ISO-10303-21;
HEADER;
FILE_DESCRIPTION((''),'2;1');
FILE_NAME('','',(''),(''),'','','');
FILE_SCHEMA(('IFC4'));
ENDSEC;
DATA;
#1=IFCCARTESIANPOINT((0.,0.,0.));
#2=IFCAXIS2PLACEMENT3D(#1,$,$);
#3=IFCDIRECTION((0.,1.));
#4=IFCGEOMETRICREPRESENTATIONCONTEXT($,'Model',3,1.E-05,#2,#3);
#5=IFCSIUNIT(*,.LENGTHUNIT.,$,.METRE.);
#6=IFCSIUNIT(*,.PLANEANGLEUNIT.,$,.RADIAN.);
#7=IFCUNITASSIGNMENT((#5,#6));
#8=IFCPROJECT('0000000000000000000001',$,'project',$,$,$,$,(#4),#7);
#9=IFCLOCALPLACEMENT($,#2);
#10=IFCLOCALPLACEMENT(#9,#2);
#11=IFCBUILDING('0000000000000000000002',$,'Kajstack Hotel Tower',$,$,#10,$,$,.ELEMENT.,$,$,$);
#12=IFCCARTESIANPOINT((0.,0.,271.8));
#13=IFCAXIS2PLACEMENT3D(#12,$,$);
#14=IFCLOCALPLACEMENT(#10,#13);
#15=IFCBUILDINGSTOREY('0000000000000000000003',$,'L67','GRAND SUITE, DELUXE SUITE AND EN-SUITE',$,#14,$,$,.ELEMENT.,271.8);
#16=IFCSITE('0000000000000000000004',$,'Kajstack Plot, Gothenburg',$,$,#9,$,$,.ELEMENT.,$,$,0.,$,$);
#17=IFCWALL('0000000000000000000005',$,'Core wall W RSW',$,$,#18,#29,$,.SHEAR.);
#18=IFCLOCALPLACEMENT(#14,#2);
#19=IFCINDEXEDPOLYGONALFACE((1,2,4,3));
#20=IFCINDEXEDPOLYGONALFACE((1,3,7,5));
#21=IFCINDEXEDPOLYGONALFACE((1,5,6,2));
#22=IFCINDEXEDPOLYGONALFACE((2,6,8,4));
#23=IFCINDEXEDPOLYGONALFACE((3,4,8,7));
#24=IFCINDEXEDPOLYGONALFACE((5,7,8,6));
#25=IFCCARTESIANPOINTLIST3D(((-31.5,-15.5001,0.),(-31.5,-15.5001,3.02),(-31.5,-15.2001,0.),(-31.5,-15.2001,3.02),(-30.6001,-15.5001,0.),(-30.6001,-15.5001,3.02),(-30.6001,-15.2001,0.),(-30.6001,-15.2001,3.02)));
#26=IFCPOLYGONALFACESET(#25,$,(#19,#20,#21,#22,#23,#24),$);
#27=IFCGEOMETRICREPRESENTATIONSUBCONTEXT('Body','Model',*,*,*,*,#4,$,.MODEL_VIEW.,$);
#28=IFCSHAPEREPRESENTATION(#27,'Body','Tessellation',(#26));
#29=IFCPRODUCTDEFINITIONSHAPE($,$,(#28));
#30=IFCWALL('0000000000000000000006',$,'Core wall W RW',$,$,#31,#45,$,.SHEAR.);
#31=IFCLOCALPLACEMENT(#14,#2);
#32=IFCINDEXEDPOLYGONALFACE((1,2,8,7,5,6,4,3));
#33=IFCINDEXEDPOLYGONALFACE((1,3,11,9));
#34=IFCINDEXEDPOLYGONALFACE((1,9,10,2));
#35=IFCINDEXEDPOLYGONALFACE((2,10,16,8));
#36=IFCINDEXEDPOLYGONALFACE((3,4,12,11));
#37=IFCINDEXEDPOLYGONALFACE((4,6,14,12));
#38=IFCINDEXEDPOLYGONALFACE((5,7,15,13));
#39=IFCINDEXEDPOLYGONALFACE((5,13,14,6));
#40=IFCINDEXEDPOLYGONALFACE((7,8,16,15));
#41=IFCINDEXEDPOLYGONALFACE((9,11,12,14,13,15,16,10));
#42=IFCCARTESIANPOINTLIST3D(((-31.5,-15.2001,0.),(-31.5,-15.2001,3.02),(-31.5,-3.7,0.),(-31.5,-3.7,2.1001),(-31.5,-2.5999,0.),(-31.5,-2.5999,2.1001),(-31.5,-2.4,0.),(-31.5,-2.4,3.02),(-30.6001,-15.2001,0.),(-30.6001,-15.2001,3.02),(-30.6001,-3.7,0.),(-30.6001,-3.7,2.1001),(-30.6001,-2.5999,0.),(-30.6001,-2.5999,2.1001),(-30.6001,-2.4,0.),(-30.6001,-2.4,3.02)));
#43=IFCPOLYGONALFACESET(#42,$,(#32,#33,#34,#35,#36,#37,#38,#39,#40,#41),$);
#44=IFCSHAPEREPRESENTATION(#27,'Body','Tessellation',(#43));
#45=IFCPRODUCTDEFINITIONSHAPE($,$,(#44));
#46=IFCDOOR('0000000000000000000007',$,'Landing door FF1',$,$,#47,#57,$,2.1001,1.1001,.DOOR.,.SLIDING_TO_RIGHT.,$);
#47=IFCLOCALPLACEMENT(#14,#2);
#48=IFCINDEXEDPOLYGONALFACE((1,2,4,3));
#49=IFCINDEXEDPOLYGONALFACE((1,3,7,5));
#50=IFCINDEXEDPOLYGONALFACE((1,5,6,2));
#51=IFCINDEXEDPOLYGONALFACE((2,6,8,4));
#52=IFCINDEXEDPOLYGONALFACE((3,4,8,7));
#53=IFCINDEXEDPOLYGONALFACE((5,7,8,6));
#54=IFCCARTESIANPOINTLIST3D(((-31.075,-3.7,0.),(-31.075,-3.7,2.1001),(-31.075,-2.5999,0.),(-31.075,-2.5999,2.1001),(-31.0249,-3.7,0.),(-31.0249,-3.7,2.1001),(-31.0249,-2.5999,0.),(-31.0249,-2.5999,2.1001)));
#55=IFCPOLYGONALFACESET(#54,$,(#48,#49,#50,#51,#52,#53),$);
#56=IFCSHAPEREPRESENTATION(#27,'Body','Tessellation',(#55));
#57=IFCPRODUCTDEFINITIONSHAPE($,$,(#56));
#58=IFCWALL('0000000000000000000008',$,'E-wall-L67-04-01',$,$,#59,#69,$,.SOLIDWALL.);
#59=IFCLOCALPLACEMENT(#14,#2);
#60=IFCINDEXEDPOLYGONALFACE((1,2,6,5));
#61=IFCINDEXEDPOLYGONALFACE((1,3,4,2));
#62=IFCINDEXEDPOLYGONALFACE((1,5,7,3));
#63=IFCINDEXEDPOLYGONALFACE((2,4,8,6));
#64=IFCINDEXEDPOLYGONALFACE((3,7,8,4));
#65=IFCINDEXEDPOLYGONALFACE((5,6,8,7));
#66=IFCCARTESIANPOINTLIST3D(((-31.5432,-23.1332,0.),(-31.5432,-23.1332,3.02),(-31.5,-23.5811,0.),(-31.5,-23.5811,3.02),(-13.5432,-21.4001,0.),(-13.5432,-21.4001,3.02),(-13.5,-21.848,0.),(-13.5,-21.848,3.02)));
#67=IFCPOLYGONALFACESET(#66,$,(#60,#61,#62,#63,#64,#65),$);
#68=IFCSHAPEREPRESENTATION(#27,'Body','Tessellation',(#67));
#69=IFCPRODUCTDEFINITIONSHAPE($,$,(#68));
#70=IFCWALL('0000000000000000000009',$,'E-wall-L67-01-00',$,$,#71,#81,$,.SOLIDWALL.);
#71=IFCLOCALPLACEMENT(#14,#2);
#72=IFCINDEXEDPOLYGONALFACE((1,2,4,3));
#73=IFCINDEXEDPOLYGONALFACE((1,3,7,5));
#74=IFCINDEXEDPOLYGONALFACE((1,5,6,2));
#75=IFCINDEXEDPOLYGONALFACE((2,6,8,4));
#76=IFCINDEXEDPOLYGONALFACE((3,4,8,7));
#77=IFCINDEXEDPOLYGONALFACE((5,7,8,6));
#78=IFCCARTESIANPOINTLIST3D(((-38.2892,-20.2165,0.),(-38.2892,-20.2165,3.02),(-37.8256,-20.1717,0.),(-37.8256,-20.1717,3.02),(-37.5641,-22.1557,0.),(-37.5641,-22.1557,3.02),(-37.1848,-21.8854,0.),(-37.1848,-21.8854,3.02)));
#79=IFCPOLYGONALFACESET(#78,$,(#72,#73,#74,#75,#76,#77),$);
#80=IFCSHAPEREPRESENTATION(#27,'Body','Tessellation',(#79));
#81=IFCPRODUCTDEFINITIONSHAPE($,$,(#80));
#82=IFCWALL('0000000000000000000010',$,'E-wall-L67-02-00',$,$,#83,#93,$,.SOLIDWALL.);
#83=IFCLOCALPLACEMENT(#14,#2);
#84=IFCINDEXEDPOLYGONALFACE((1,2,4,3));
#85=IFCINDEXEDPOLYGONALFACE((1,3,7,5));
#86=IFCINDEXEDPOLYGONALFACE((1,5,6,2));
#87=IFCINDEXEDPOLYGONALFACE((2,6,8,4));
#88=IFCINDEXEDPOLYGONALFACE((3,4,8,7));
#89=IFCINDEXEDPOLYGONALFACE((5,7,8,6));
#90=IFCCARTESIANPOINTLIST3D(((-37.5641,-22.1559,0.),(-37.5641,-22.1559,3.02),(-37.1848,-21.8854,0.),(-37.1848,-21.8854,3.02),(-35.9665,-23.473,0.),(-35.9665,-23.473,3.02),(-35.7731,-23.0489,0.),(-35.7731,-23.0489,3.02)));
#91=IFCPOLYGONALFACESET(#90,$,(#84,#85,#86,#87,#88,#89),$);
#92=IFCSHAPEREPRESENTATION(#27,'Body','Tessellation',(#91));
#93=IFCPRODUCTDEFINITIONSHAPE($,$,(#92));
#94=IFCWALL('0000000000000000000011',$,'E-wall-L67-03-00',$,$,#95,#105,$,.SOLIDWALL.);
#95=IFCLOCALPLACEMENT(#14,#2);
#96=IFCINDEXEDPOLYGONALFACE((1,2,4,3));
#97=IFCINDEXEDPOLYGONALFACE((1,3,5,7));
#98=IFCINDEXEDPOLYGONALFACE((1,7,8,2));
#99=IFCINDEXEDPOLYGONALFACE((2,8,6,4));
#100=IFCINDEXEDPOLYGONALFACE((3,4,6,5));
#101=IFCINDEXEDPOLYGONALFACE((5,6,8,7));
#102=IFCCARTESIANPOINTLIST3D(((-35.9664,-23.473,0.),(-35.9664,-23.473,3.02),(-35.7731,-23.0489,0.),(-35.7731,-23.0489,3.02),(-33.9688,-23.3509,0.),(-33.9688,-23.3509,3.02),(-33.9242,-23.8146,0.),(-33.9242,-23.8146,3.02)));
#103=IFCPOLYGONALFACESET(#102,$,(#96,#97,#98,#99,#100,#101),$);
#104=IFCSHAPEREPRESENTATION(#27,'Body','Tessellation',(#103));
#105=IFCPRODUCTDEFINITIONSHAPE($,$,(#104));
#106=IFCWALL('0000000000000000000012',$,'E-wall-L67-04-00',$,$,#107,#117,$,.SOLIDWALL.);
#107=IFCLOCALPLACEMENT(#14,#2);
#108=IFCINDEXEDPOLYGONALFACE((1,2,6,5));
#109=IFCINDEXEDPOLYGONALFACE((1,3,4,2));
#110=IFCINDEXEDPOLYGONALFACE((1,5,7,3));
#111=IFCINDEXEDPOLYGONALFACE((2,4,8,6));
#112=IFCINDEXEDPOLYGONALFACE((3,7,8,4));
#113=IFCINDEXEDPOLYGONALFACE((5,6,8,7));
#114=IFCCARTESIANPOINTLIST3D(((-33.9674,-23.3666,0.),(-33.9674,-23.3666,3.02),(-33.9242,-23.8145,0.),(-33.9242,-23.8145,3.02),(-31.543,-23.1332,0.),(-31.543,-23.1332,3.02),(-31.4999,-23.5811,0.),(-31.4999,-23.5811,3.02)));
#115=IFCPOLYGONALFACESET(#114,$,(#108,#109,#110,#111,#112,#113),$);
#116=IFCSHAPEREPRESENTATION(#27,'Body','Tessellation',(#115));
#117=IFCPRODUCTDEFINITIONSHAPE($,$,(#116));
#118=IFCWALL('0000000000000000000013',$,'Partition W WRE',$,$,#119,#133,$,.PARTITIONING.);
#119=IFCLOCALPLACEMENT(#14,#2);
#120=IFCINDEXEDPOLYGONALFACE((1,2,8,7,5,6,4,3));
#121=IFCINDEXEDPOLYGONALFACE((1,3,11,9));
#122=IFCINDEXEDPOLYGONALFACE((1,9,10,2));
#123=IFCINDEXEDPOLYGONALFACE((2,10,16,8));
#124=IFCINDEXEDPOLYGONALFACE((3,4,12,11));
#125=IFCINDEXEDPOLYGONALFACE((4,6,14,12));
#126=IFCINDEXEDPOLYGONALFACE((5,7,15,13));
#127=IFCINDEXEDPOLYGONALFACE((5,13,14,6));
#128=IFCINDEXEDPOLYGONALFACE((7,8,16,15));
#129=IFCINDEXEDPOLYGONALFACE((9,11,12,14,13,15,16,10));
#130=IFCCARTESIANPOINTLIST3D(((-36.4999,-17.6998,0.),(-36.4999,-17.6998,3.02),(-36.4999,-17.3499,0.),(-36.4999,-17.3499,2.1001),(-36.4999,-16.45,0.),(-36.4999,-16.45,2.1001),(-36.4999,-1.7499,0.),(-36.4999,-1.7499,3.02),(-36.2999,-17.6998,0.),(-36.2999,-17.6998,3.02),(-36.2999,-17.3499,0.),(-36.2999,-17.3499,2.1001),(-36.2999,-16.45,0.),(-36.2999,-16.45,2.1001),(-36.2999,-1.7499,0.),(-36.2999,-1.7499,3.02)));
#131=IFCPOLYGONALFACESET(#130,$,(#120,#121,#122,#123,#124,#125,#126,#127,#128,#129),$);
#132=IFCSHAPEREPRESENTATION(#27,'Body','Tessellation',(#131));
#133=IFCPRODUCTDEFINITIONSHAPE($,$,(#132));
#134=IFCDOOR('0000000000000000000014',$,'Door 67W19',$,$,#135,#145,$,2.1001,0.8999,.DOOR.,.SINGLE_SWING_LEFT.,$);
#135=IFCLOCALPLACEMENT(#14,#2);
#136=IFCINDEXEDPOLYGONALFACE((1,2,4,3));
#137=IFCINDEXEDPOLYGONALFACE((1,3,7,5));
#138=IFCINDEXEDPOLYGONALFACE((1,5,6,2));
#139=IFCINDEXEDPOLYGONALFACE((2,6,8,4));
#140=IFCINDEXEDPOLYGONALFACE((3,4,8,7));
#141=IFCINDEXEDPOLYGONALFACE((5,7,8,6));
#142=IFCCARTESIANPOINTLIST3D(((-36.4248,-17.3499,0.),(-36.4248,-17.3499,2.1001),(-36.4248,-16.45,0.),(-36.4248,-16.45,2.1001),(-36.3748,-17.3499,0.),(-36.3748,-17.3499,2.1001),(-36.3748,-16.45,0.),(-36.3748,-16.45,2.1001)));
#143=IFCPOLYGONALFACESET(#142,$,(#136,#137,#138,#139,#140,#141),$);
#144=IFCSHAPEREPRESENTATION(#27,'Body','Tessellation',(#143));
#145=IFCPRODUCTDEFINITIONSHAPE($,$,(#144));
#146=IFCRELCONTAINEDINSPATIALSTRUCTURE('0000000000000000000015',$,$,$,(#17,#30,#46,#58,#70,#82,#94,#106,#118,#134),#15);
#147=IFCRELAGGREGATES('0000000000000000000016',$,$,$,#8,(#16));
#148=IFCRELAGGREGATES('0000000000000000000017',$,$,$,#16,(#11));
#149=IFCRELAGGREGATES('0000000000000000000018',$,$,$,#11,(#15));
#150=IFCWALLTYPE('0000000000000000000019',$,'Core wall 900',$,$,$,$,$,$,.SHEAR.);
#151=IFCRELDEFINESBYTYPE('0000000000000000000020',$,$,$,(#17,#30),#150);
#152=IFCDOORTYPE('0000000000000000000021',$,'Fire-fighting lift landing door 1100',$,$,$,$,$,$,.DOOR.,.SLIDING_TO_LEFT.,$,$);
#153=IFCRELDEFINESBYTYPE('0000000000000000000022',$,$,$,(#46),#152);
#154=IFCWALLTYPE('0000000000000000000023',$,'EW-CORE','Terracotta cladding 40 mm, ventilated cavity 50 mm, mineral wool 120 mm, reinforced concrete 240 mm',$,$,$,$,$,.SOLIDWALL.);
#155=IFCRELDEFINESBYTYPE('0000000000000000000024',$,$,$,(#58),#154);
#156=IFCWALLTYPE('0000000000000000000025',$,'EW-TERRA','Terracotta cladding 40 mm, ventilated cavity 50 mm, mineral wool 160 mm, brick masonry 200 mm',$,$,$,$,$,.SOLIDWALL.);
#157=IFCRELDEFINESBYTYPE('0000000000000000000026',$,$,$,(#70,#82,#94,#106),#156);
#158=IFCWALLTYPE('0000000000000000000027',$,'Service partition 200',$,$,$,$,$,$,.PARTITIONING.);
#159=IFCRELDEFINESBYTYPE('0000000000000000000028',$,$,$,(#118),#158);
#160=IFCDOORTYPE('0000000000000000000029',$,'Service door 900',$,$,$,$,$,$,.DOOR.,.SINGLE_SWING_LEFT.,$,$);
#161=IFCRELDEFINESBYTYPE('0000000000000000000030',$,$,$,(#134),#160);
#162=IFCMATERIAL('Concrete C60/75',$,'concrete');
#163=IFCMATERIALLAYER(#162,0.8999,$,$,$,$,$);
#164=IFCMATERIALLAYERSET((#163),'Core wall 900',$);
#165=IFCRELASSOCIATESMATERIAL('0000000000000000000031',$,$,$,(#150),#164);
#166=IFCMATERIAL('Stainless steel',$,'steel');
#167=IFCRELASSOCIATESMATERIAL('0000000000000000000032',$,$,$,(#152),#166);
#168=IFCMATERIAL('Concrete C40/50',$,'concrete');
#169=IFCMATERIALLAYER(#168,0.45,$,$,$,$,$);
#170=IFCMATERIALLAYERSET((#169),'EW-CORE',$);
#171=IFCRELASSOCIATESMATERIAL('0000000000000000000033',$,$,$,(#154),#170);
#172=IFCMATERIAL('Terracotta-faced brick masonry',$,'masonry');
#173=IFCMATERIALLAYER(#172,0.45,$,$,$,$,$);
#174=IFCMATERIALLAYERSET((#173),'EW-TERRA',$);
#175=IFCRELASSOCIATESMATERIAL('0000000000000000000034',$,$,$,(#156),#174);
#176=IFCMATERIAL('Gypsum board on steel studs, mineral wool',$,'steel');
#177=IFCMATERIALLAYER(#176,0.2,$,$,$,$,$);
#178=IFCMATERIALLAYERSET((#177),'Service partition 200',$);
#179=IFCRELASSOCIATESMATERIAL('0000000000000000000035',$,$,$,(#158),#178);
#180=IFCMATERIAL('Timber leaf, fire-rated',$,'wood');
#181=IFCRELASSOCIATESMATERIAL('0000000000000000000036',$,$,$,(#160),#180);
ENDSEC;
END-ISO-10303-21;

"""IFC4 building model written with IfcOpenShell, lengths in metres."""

from ifc_helpers import new_model, si_unit, direction, frame, frame_2d, origin, place, context, subcontext, project, spatial, polyline, rectangle, outline, extrude, material, layer, layer_set, type_object, element, fill, save


model = new_model("IFC4")

# Units and contexts
model_context = context("Model", 3, precision=1e-05, world=origin(), true_north=direction((0.0, 1.0)))
body_context = subcontext(model_context, "Body", "Model", "MODEL_VIEW")
ifc_project = project(units=[si_unit("LENGTHUNIT", "METRE"), si_unit("PLANEANGLEUNIT", "RADIAN")], contexts=[model_context])

# Site, building, storey
site_placement = place(None, origin())
site = spatial("IfcSite", under=ifc_project, at=site_placement, Name="Kajstack Plot, Gothenburg", CompositionType="ELEMENT", RefElevation=0.0)
building_placement = place(site_placement, origin())
building = spatial("IfcBuilding", under=site, at=building_placement, Name="Kajstack Hotel Tower", CompositionType="ELEMENT")
storey_placement = place(building_placement, frame((0.0, 0.0, 271.8)))
storey = spatial("IfcBuildingStorey", under=building, at=storey_placement, Name="L67", Description="GRAND SUITE, DELUXE SUITE AND EN-SUITE", CompositionType="ELEMENT", Elevation=271.8)

# Wall
ifc_material_1 = material(Name="Concrete C60/75", Category="concrete")
ifc_layer_1 = layer(ifc_material_1, 0.8999)
ifc_layer_set_1 = layer_set([ifc_layer_1], Name="Core wall 900")
wall_type_1 = type_object("IfcWallType", Name="Core wall 900", PredefinedType="SHEAR", material=ifc_layer_set_1)
wall_1_placement = place(storey_placement, frame((-31.5, -15.3501, 0.0), z_axis=(0.0, 0.0, 1.0), x_axis=(1.0, 0.0, 0.0)))
element("IfcWall", 1, at=wall_1_placement, inside=storey, type_object=wall_type_1, Name="Core wall W RSW", PredefinedType="SHEAR", context=body_context, shape_type="SweptSolid", body=[
    extrude(rectangle(XDim=0.8999, YDim=0.3, at=frame_2d((0.45, 0.0))), origin(), (0.0, 0.0, 1.0), 3.02),
])

# Wall, opening, door
wall_2_placement = place(storey_placement, frame((-31.05, -15.2, 0.0), z_axis=(0.0, 0.0, 1.0), x_axis=(0.0, 1.0, 0.0)))
wall_2 = element("IfcWall", 2, at=wall_2_placement, inside=storey, type_object=wall_type_1, Name="Core wall W RW", PredefinedType="SHEAR", context=body_context, shape_type="SweptSolid", body=[
    extrude(rectangle(XDim=12.8, YDim=0.8999, at=frame_2d((6.3999, 0.0))), origin(), (0.0, 0.0, 1.0), 3.02),
])
opening_1_placement = place(wall_2_placement, frame((11.5, 0.0, 0.0)))
opening_1 = element("IfcOpeningElement", 3, at=opening_1_placement, cuts=wall_2, PredefinedType="OPENING", context=body_context, shape_type="SweptSolid", body=[
    extrude(rectangle(XDim=1.1001, YDim=2.1001, at=frame_2d((0.55, 1.05))), frame((0.0, 0.46, 0.0), z_axis=(0.0, -1.0, 0.0), x_axis=(1.0, 0.0, 0.0)), (0.0, 0.0, 1.0), 0.9199),
])
ifc_material_2 = material(Name="Stainless steel", Category="steel")
door_type_1 = type_object("IfcDoorType", Name="Fire-fighting lift landing door 1100", OperationType="SLIDING_TO_LEFT", PredefinedType="DOOR", material=ifc_material_2)
door_1_placement = place(opening_1_placement, origin())
door_1 = element("IfcDoor", 4, at=door_1_placement, inside=storey, type_object=door_type_1, Name="Landing door FF1", OperationType="SLIDING_TO_RIGHT", OverallHeight=2.1001, OverallWidth=1.1001, PredefinedType="DOOR", context=body_context, shape_type="SweptSolid", body=[
    extrude(rectangle(XDim=1.1001, YDim=2.1001, at=frame_2d((0.55, 1.05))), frame((0.0, 0.0249, 0.0), z_axis=(0.0, -1.0, 0.0), x_axis=(1.0, 0.0, 0.0)), (0.0, 0.0, 1.0), 0.05),
])
fill(opening_1, door_1)

# Walls
ifc_material_3 = material(Name="Concrete C40/50", Category="concrete")
ifc_layer_2 = layer(ifc_material_3, 0.45)
ifc_layer_set_2 = layer_set([ifc_layer_2], Name="EW-CORE")
wall_type_2 = type_object("IfcWallType", Name="EW-CORE", Description="Terracotta cladding 40 mm, ventilated cavity 50 mm, mineral wool 120 mm, reinforced concrete 240 mm", PredefinedType="SOLIDWALL", material=ifc_layer_set_2)
wall_3_placement = place(storey_placement, frame((-31.5215, -23.3572, 0.0), z_axis=(0.0, 0.0, 1.0), x_axis=(0.995396, 0.095843, 0.0)))
element("IfcWall", 5, at=wall_3_placement, inside=storey, type_object=wall_type_2, Name="E-wall-L67-04-01", PredefinedType="SOLIDWALL", context=body_context, shape_type="SweptSolid", body=[
    extrude(rectangle(XDim=18.0833, YDim=0.45, at=frame_2d((9.0415, 0.0))), origin(), (0.0, 0.0, 1.0), 3.02),
])
ifc_material_4 = material(Name="Terracotta-faced brick masonry", Category="masonry")
ifc_layer_3 = layer(ifc_material_4, 0.45)
ifc_layer_set_3 = layer_set([ifc_layer_3], Name="EW-TERRA")
wall_type_3 = type_object("IfcWallType", Name="EW-TERRA", Description="Terracotta cladding 40 mm, ventilated cavity 50 mm, mineral wool 160 mm, brick masonry 200 mm", PredefinedType="SOLIDWALL", material=ifc_layer_set_3)
wall_4_placement = place(storey_placement, frame((-38.0784, -20.1377, 0.0), z_axis=(0.0, 0.0, 1.0), x_axis=(0.350232, -0.936663, 0.0)))
element("IfcWall", 6, at=wall_4_placement, inside=storey, type_object=wall_type_3, Name="E-wall-L67-01-00", PredefinedType="SOLIDWALL", context=body_context, shape_type="SweptSolid", body=[
    extrude(outline(polyline([(0.0, -0.2251), (2.0703, -0.2251), (1.95, 0.2249), (0.1204, 0.2249), (0.0, -0.2251)])), origin(), (0.0, 0.0, 1.0), 3.02),
])
wall_5_placement = place(storey_placement, frame((-37.4209, -21.9822, 0.0), z_axis=(0.0, 0.0, 1.0), x_axis=(0.771593, -0.636116, 0.0)))
element("IfcWall", 7, at=wall_5_placement, inside=storey, type_object=wall_type_3, Name="E-wall-L67-02-00", PredefinedType="SOLIDWALL", context=body_context, shape_type="SweptSolid", body=[
    extrude(outline(polyline([(0.0, -0.2251), (2.0706, -0.2251), (1.95, 0.2251), (0.1206, 0.2249), (0.0, -0.2251)])), origin(), (0.0, 0.0, 1.0), 3.02),
])
wall_6_placement = place(storey_placement, frame((-35.9292, -23.251, 0.0), z_axis=(0.0, 0.0, 1.0), x_axis=(0.986279, -0.165087, 0.0)))
element("IfcWall", 8, at=wall_6_placement, inside=storey, type_object=wall_type_3, Name="E-wall-L67-03-00", PredefinedType="SOLIDWALL", context=body_context, shape_type="SweptSolid", body=[
    extrude(outline(polyline([(0.0, -0.2251), (2.0706, -0.2249), (1.95, 0.2251), (0.1206, 0.2251), (0.0, -0.2251)])), origin(), (0.0, 0.0, 1.0), 3.02),
])
wall_7_placement = place(storey_placement, frame((-33.9458, -23.5906, 0.0), z_axis=(0.0, 0.0, 1.0), x_axis=(0.995398, 0.095831, 0.0)))
element("IfcWall", 9, at=wall_7_placement, inside=storey, type_object=wall_type_3, Name="E-wall-L67-04-00", PredefinedType="SOLIDWALL", context=body_context, shape_type="SweptSolid", body=[
    extrude(rectangle(XDim=2.4355, YDim=0.45, at=frame_2d((1.2178, 0.0))), origin(), (0.0, 0.0, 1.0), 3.02),
])

# Wall, opening, door
ifc_material_5 = material(Name="Gypsum board on steel studs, mineral wool", Category="steel")
ifc_layer_4 = layer(ifc_material_5, 0.2)
ifc_layer_set_4 = layer_set([ifc_layer_4], Name="Service partition 200")
wall_type_4 = type_object("IfcWallType", Name="Service partition 200", PredefinedType="PARTITIONING", material=ifc_layer_set_4)
wall_8_placement = place(storey_placement, frame((-36.3999, -17.7, 0.0), z_axis=(0.0, 0.0, 1.0), x_axis=(0.0, 1.0, 0.0)))
wall_8 = element("IfcWall", 10, at=wall_8_placement, inside=storey, type_object=wall_type_4, Name="Partition W WRE", PredefinedType="PARTITIONING", context=body_context, shape_type="SweptSolid", body=[
    extrude(rectangle(XDim=15.95, YDim=0.2, at=frame_2d((7.9751, 0.0))), origin(), (0.0, 0.0, 1.0), 3.02),
])
opening_2_placement = place(wall_8_placement, frame((0.3501, 0.0, 0.0)))
opening_2 = element("IfcOpeningElement", 11, at=opening_2_placement, cuts=wall_8, PredefinedType="OPENING", context=body_context, shape_type="SweptSolid", body=[
    extrude(rectangle(XDim=0.8999, YDim=2.1001, at=frame_2d((0.45, 1.05))), frame((0.0, 0.1099, 0.0), z_axis=(0.0, -1.0, 0.0), x_axis=(1.0, 0.0, 0.0)), (0.0, 0.0, 1.0), 0.22),
])
ifc_material_6 = material(Name="Timber leaf, fire-rated", Category="wood")
door_type_2 = type_object("IfcDoorType", Name="Service door 900", OperationType="SINGLE_SWING_LEFT", PredefinedType="DOOR", material=ifc_material_6)
door_2_placement = place(opening_2_placement, origin())
door_2 = element("IfcDoor", 12, at=door_2_placement, inside=storey, type_object=door_type_2, Name="Door 67W19", OperationType="SINGLE_SWING_LEFT", OverallHeight=2.1001, OverallWidth=0.8999, PredefinedType="DOOR", context=body_context, shape_type="SweptSolid", body=[
    extrude(rectangle(XDim=0.8999, YDim=2.1001, at=frame_2d((0.45, 1.05))), frame((0.0, 0.0249, 0.0), z_axis=(0.0, -1.0, 0.0), x_axis=(1.0, 0.0, 0.0)), (0.0, 0.0, 1.0), 0.05),
])
fill(opening_2, door_2)

save(model, "model.ifc")
